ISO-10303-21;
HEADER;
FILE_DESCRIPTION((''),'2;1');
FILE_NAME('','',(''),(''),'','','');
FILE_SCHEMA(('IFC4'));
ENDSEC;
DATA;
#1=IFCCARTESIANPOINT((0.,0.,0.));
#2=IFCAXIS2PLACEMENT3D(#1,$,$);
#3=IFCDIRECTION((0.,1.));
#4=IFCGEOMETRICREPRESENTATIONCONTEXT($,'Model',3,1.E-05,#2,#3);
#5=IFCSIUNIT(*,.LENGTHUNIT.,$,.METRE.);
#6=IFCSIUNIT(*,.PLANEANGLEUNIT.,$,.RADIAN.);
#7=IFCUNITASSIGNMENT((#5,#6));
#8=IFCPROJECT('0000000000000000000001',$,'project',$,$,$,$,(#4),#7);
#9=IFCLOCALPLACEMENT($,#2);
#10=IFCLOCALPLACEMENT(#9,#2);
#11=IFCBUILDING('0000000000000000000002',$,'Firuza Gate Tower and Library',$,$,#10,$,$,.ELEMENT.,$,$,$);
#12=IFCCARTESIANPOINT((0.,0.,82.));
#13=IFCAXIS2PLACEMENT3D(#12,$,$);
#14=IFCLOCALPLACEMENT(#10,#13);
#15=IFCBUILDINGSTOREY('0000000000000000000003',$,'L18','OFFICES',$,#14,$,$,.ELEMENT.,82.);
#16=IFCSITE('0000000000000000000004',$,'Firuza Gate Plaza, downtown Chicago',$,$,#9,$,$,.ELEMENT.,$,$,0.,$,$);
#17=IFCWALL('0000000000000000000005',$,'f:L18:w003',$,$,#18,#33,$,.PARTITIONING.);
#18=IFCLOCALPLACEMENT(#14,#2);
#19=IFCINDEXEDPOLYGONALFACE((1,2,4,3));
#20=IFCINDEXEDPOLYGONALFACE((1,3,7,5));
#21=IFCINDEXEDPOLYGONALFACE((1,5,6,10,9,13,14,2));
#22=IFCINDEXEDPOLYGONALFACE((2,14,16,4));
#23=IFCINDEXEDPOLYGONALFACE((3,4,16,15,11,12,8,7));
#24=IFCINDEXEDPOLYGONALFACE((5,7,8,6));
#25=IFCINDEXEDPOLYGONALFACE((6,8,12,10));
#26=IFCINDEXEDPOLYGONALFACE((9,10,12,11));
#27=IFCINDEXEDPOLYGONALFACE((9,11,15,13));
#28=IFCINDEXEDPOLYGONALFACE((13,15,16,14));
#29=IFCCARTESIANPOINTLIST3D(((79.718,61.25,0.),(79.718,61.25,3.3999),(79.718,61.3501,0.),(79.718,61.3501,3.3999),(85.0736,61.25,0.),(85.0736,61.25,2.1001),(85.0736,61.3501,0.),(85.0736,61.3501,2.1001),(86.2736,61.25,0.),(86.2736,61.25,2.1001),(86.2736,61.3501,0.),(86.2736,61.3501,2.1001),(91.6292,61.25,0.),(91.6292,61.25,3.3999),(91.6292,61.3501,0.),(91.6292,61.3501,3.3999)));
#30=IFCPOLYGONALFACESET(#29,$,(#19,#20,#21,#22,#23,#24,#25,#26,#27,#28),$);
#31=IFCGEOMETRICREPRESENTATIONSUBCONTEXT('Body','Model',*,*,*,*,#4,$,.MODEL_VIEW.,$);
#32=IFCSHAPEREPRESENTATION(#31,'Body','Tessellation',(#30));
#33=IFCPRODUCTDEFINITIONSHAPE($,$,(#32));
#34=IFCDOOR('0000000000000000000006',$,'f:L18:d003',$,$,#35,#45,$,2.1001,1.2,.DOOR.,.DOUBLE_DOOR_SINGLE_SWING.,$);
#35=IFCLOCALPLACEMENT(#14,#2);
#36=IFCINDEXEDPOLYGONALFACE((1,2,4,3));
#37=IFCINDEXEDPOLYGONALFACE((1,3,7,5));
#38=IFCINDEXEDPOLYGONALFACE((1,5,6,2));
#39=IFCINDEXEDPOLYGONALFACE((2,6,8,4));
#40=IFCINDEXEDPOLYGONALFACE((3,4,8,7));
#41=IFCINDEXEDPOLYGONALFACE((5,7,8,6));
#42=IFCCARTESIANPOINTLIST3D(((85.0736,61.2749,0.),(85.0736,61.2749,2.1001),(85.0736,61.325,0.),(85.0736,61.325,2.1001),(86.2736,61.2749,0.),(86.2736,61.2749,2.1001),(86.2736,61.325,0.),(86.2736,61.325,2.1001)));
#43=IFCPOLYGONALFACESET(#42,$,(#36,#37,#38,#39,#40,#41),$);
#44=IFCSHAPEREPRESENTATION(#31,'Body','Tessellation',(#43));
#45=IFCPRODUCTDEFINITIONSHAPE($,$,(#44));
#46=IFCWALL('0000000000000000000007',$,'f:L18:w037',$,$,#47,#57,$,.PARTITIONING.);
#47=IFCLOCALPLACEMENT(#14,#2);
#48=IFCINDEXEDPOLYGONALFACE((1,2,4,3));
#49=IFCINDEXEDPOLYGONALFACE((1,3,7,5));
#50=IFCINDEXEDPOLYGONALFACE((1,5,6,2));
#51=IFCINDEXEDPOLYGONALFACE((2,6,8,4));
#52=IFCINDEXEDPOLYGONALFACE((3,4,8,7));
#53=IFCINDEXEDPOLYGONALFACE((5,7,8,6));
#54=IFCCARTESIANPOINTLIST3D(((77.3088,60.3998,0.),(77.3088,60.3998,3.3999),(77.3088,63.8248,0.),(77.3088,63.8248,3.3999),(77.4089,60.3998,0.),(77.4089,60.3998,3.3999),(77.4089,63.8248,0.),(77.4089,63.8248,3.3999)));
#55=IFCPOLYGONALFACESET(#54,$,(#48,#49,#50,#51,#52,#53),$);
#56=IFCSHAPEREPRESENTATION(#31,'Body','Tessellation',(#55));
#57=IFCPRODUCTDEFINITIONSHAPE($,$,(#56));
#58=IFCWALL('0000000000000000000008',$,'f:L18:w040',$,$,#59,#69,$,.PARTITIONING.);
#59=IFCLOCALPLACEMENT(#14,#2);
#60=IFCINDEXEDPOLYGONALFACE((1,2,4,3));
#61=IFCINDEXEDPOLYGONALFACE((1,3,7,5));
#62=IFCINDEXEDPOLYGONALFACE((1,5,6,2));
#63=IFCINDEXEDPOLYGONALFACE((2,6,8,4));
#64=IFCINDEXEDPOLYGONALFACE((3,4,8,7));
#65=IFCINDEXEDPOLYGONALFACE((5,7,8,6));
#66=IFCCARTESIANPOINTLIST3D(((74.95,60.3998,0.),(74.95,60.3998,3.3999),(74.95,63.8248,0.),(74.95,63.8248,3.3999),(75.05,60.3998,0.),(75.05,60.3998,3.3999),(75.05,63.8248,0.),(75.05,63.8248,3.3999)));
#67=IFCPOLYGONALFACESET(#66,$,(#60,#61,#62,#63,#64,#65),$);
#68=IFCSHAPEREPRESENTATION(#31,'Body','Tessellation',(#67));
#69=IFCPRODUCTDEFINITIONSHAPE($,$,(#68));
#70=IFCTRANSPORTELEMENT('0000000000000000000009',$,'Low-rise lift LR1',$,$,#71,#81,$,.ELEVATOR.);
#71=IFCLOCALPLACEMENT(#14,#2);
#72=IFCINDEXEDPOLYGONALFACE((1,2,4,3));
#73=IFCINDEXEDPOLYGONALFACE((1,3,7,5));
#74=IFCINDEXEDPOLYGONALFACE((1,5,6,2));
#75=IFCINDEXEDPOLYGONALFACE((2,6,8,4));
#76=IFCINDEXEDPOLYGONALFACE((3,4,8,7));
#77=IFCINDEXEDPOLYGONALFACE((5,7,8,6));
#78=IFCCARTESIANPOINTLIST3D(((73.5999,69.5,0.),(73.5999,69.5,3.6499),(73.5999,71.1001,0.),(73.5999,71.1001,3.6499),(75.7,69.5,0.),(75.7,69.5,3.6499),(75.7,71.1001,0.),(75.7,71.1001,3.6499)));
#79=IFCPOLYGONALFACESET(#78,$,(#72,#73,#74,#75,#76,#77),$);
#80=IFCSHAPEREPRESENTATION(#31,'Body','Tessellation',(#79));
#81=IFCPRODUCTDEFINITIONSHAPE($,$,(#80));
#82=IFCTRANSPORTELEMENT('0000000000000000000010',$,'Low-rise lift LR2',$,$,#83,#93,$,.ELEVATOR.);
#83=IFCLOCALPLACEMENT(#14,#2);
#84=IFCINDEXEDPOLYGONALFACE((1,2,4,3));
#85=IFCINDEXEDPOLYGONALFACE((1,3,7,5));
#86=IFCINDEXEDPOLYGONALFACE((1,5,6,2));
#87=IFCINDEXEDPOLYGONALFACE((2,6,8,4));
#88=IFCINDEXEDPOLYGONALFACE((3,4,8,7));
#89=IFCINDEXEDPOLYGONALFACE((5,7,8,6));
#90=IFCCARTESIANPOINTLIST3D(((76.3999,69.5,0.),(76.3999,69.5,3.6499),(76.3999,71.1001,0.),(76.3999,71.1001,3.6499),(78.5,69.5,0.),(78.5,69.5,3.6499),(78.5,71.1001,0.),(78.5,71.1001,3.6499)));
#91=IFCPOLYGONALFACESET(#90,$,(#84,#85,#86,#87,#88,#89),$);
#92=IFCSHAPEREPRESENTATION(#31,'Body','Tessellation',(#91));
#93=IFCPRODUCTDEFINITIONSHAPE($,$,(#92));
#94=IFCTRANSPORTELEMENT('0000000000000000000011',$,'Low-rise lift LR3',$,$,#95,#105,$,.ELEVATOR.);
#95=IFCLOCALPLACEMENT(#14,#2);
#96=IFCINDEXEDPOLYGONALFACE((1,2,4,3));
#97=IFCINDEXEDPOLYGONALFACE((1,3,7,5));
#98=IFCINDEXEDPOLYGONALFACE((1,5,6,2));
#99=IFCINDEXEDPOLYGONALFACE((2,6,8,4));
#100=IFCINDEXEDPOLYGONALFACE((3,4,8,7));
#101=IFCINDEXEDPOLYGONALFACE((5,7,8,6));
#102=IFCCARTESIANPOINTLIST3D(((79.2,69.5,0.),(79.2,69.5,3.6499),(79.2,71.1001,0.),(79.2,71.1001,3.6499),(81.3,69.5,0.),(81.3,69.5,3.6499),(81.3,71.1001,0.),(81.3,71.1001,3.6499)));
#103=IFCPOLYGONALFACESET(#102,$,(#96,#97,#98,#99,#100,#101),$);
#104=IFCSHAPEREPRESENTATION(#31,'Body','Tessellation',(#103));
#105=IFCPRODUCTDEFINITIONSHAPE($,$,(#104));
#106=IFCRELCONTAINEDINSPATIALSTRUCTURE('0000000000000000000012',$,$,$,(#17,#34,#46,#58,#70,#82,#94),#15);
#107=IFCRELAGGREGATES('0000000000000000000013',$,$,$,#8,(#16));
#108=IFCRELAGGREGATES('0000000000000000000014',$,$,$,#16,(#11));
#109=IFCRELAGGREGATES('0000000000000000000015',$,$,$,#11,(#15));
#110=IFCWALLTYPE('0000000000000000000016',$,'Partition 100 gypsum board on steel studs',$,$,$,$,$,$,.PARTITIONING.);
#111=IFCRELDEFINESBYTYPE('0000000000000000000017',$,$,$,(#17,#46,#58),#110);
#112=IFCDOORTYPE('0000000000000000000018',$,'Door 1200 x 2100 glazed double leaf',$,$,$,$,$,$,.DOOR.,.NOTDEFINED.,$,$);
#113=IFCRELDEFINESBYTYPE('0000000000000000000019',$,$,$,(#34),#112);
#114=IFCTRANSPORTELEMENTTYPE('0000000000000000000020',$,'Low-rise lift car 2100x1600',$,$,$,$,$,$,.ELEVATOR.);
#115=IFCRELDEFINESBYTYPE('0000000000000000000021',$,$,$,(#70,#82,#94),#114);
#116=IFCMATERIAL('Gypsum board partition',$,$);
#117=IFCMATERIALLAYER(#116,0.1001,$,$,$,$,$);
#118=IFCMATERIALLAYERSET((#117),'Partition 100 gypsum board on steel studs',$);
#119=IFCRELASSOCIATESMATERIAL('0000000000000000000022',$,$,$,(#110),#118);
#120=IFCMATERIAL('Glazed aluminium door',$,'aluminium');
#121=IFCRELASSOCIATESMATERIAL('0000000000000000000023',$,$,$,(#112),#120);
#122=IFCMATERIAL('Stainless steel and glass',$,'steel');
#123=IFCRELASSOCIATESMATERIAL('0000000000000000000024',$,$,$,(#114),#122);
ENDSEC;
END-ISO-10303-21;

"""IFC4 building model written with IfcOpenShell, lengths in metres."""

from ifc_helpers import new_model, si_unit, direction, frame, frame_2d, origin, origin_2d, place, context, subcontext, project, spatial, rectangle, extrude, material, layer, layer_set, type_object, element, fill, save


model = new_model("IFC4")

# Units and contexts
model_context = context("Model", 3, precision=1e-05, world=origin(), true_north=direction((0.0, 1.0)))
body_context = subcontext(model_context, "Body", "Model", "MODEL_VIEW")
ifc_project = project(units=[si_unit("LENGTHUNIT", "METRE"), si_unit("PLANEANGLEUNIT", "RADIAN")], contexts=[model_context])

# Site, building, storey
site_placement = place(None, origin())
site = spatial("IfcSite", under=ifc_project, at=site_placement, Name="Firuza Gate Plaza, downtown Chicago", CompositionType="ELEMENT", RefElevation=0.0)
building_placement = place(site_placement, origin())
building = spatial("IfcBuilding", under=site, at=building_placement, Name="Firuza Gate Tower and Library", CompositionType="ELEMENT")
storey_placement = place(building_placement, frame((0.0, 0.0, 82.0)))
storey = spatial("IfcBuildingStorey", under=building, at=storey_placement, Name="L18", Description="OFFICES", CompositionType="ELEMENT", Elevation=82.0)

# Wall, opening, door
ifc_material_1 = material(Name="Gypsum board partition")
ifc_layer_1 = layer(ifc_material_1, 0.1001)
ifc_layer_set_1 = layer_set([ifc_layer_1], Name="Partition 100 gypsum board on steel studs")
wall_type_1 = type_object("IfcWallType", Name="Partition 100 gypsum board on steel studs", PredefinedType="PARTITIONING", material=ifc_layer_set_1)
wall_1_placement = place(storey_placement, frame((79.718, 61.3, 0.0), z_axis=(0.0, 0.0, 1.0), x_axis=(1.0, 0.0, 0.0)))
wall_1 = element("IfcWall", 1, at=wall_1_placement, inside=storey, type_object=wall_type_1, Name="f:L18:w003", PredefinedType="PARTITIONING", context=body_context, shape_type="SweptSolid", body=[
    extrude(rectangle(XDim=11.9111, YDim=0.1001, at=frame_2d((5.9556, 0.0))), origin(), (0.0, 0.0, 1.0), 3.3999),
])
opening_1_placement = place(wall_1_placement, frame((5.3555, 0.0, 0.0)))
opening_1 = element("IfcOpeningElement", 2, at=opening_1_placement, cuts=wall_1, PredefinedType="OPENING", context=body_context, shape_type="SweptSolid", body=[
    extrude(rectangle(XDim=1.2, YDim=2.1001, at=frame_2d((0.6001, 1.05))), frame((0.0, 0.0601, 0.0), z_axis=(0.0, -1.0, 0.0), x_axis=(1.0, 0.0, 0.0)), (0.0, 0.0, 1.0), 0.1201),
])
ifc_material_2 = material(Name="Glazed aluminium door", Category="aluminium")
door_type_1 = type_object("IfcDoorType", Name="Door 1200 x 2100 glazed double leaf", OperationType="NOTDEFINED", PredefinedType="DOOR", material=ifc_material_2)
door_1_placement = place(opening_1_placement, origin())
door_1 = element("IfcDoor", 3, at=door_1_placement, inside=storey, type_object=door_type_1, Name="f:L18:d003", OperationType="DOUBLE_DOOR_SINGLE_SWING", OverallHeight=2.1001, OverallWidth=1.2, PredefinedType="DOOR", context=body_context, shape_type="SweptSolid", body=[
    extrude(rectangle(XDim=1.2, YDim=2.1001, at=frame_2d((0.6001, 1.05))), frame((0.0, 0.0249, 0.0), z_axis=(0.0, -1.0, 0.0), x_axis=(1.0, 0.0, 0.0)), (0.0, 0.0, 1.0), 0.05),
])
fill(opening_1, door_1)

# Walls
for number, where, z_axis, x_axis, name in (
    (4, (77.3589, 60.3999, 0.0), (0.0, 0.0, 1.0), (0.0, 1.0, 0.0), "f:L18:w037"),
    (5, (75.0, 60.3999, 0.0), (0.0, 0.0, 1.0), (0.0, 1.0, 0.0), "f:L18:w040"),
):
    element("IfcWall", number, at=place(storey_placement, frame(where, z_axis=z_axis, x_axis=x_axis)), inside=storey, type_object=wall_type_1, Name=name, PredefinedType="PARTITIONING", context=body_context, shape_type="SweptSolid", body=[
        extrude(rectangle(XDim=3.425, YDim=0.1001, at=frame_2d((1.7124, 0.0))), origin(), (0.0, 0.0, 1.0), 3.3999),
    ])

# Transport elements
ifc_material_3 = material(Name="Stainless steel and glass", Category="steel")
transport_element_type = type_object("IfcTransportElementType", Name="Low-rise lift car 2100x1600", PredefinedType="ELEVATOR", material=ifc_material_3)
for number, where, z_axis, x_axis, name in (
    (6, (74.6499, 70.3, 0.0), (0.0, 0.0, 1.0), (1.0, 0.0, 0.0), "Low-rise lift LR1"),
    (7, (77.45, 70.3, 0.0), (0.0, 0.0, 1.0), (1.0, 0.0, 0.0), "Low-rise lift LR2"),
    (8, (80.25, 70.3, 0.0), (0.0, 0.0, 1.0), (1.0, 0.0, 0.0), "Low-rise lift LR3"),
):
    element("IfcTransportElement", number, at=place(storey_placement, frame(where, z_axis=z_axis, x_axis=x_axis)), inside=storey, type_object=transport_element_type, Name=name, PredefinedType="ELEVATOR", context=body_context, shape_type="SweptSolid", body=[
        extrude(rectangle(XDim=2.1001, YDim=1.6001, at=origin_2d()), origin(), (0.0, 0.0, 1.0), 3.6499),
    ])

save(model, "model.ifc")
